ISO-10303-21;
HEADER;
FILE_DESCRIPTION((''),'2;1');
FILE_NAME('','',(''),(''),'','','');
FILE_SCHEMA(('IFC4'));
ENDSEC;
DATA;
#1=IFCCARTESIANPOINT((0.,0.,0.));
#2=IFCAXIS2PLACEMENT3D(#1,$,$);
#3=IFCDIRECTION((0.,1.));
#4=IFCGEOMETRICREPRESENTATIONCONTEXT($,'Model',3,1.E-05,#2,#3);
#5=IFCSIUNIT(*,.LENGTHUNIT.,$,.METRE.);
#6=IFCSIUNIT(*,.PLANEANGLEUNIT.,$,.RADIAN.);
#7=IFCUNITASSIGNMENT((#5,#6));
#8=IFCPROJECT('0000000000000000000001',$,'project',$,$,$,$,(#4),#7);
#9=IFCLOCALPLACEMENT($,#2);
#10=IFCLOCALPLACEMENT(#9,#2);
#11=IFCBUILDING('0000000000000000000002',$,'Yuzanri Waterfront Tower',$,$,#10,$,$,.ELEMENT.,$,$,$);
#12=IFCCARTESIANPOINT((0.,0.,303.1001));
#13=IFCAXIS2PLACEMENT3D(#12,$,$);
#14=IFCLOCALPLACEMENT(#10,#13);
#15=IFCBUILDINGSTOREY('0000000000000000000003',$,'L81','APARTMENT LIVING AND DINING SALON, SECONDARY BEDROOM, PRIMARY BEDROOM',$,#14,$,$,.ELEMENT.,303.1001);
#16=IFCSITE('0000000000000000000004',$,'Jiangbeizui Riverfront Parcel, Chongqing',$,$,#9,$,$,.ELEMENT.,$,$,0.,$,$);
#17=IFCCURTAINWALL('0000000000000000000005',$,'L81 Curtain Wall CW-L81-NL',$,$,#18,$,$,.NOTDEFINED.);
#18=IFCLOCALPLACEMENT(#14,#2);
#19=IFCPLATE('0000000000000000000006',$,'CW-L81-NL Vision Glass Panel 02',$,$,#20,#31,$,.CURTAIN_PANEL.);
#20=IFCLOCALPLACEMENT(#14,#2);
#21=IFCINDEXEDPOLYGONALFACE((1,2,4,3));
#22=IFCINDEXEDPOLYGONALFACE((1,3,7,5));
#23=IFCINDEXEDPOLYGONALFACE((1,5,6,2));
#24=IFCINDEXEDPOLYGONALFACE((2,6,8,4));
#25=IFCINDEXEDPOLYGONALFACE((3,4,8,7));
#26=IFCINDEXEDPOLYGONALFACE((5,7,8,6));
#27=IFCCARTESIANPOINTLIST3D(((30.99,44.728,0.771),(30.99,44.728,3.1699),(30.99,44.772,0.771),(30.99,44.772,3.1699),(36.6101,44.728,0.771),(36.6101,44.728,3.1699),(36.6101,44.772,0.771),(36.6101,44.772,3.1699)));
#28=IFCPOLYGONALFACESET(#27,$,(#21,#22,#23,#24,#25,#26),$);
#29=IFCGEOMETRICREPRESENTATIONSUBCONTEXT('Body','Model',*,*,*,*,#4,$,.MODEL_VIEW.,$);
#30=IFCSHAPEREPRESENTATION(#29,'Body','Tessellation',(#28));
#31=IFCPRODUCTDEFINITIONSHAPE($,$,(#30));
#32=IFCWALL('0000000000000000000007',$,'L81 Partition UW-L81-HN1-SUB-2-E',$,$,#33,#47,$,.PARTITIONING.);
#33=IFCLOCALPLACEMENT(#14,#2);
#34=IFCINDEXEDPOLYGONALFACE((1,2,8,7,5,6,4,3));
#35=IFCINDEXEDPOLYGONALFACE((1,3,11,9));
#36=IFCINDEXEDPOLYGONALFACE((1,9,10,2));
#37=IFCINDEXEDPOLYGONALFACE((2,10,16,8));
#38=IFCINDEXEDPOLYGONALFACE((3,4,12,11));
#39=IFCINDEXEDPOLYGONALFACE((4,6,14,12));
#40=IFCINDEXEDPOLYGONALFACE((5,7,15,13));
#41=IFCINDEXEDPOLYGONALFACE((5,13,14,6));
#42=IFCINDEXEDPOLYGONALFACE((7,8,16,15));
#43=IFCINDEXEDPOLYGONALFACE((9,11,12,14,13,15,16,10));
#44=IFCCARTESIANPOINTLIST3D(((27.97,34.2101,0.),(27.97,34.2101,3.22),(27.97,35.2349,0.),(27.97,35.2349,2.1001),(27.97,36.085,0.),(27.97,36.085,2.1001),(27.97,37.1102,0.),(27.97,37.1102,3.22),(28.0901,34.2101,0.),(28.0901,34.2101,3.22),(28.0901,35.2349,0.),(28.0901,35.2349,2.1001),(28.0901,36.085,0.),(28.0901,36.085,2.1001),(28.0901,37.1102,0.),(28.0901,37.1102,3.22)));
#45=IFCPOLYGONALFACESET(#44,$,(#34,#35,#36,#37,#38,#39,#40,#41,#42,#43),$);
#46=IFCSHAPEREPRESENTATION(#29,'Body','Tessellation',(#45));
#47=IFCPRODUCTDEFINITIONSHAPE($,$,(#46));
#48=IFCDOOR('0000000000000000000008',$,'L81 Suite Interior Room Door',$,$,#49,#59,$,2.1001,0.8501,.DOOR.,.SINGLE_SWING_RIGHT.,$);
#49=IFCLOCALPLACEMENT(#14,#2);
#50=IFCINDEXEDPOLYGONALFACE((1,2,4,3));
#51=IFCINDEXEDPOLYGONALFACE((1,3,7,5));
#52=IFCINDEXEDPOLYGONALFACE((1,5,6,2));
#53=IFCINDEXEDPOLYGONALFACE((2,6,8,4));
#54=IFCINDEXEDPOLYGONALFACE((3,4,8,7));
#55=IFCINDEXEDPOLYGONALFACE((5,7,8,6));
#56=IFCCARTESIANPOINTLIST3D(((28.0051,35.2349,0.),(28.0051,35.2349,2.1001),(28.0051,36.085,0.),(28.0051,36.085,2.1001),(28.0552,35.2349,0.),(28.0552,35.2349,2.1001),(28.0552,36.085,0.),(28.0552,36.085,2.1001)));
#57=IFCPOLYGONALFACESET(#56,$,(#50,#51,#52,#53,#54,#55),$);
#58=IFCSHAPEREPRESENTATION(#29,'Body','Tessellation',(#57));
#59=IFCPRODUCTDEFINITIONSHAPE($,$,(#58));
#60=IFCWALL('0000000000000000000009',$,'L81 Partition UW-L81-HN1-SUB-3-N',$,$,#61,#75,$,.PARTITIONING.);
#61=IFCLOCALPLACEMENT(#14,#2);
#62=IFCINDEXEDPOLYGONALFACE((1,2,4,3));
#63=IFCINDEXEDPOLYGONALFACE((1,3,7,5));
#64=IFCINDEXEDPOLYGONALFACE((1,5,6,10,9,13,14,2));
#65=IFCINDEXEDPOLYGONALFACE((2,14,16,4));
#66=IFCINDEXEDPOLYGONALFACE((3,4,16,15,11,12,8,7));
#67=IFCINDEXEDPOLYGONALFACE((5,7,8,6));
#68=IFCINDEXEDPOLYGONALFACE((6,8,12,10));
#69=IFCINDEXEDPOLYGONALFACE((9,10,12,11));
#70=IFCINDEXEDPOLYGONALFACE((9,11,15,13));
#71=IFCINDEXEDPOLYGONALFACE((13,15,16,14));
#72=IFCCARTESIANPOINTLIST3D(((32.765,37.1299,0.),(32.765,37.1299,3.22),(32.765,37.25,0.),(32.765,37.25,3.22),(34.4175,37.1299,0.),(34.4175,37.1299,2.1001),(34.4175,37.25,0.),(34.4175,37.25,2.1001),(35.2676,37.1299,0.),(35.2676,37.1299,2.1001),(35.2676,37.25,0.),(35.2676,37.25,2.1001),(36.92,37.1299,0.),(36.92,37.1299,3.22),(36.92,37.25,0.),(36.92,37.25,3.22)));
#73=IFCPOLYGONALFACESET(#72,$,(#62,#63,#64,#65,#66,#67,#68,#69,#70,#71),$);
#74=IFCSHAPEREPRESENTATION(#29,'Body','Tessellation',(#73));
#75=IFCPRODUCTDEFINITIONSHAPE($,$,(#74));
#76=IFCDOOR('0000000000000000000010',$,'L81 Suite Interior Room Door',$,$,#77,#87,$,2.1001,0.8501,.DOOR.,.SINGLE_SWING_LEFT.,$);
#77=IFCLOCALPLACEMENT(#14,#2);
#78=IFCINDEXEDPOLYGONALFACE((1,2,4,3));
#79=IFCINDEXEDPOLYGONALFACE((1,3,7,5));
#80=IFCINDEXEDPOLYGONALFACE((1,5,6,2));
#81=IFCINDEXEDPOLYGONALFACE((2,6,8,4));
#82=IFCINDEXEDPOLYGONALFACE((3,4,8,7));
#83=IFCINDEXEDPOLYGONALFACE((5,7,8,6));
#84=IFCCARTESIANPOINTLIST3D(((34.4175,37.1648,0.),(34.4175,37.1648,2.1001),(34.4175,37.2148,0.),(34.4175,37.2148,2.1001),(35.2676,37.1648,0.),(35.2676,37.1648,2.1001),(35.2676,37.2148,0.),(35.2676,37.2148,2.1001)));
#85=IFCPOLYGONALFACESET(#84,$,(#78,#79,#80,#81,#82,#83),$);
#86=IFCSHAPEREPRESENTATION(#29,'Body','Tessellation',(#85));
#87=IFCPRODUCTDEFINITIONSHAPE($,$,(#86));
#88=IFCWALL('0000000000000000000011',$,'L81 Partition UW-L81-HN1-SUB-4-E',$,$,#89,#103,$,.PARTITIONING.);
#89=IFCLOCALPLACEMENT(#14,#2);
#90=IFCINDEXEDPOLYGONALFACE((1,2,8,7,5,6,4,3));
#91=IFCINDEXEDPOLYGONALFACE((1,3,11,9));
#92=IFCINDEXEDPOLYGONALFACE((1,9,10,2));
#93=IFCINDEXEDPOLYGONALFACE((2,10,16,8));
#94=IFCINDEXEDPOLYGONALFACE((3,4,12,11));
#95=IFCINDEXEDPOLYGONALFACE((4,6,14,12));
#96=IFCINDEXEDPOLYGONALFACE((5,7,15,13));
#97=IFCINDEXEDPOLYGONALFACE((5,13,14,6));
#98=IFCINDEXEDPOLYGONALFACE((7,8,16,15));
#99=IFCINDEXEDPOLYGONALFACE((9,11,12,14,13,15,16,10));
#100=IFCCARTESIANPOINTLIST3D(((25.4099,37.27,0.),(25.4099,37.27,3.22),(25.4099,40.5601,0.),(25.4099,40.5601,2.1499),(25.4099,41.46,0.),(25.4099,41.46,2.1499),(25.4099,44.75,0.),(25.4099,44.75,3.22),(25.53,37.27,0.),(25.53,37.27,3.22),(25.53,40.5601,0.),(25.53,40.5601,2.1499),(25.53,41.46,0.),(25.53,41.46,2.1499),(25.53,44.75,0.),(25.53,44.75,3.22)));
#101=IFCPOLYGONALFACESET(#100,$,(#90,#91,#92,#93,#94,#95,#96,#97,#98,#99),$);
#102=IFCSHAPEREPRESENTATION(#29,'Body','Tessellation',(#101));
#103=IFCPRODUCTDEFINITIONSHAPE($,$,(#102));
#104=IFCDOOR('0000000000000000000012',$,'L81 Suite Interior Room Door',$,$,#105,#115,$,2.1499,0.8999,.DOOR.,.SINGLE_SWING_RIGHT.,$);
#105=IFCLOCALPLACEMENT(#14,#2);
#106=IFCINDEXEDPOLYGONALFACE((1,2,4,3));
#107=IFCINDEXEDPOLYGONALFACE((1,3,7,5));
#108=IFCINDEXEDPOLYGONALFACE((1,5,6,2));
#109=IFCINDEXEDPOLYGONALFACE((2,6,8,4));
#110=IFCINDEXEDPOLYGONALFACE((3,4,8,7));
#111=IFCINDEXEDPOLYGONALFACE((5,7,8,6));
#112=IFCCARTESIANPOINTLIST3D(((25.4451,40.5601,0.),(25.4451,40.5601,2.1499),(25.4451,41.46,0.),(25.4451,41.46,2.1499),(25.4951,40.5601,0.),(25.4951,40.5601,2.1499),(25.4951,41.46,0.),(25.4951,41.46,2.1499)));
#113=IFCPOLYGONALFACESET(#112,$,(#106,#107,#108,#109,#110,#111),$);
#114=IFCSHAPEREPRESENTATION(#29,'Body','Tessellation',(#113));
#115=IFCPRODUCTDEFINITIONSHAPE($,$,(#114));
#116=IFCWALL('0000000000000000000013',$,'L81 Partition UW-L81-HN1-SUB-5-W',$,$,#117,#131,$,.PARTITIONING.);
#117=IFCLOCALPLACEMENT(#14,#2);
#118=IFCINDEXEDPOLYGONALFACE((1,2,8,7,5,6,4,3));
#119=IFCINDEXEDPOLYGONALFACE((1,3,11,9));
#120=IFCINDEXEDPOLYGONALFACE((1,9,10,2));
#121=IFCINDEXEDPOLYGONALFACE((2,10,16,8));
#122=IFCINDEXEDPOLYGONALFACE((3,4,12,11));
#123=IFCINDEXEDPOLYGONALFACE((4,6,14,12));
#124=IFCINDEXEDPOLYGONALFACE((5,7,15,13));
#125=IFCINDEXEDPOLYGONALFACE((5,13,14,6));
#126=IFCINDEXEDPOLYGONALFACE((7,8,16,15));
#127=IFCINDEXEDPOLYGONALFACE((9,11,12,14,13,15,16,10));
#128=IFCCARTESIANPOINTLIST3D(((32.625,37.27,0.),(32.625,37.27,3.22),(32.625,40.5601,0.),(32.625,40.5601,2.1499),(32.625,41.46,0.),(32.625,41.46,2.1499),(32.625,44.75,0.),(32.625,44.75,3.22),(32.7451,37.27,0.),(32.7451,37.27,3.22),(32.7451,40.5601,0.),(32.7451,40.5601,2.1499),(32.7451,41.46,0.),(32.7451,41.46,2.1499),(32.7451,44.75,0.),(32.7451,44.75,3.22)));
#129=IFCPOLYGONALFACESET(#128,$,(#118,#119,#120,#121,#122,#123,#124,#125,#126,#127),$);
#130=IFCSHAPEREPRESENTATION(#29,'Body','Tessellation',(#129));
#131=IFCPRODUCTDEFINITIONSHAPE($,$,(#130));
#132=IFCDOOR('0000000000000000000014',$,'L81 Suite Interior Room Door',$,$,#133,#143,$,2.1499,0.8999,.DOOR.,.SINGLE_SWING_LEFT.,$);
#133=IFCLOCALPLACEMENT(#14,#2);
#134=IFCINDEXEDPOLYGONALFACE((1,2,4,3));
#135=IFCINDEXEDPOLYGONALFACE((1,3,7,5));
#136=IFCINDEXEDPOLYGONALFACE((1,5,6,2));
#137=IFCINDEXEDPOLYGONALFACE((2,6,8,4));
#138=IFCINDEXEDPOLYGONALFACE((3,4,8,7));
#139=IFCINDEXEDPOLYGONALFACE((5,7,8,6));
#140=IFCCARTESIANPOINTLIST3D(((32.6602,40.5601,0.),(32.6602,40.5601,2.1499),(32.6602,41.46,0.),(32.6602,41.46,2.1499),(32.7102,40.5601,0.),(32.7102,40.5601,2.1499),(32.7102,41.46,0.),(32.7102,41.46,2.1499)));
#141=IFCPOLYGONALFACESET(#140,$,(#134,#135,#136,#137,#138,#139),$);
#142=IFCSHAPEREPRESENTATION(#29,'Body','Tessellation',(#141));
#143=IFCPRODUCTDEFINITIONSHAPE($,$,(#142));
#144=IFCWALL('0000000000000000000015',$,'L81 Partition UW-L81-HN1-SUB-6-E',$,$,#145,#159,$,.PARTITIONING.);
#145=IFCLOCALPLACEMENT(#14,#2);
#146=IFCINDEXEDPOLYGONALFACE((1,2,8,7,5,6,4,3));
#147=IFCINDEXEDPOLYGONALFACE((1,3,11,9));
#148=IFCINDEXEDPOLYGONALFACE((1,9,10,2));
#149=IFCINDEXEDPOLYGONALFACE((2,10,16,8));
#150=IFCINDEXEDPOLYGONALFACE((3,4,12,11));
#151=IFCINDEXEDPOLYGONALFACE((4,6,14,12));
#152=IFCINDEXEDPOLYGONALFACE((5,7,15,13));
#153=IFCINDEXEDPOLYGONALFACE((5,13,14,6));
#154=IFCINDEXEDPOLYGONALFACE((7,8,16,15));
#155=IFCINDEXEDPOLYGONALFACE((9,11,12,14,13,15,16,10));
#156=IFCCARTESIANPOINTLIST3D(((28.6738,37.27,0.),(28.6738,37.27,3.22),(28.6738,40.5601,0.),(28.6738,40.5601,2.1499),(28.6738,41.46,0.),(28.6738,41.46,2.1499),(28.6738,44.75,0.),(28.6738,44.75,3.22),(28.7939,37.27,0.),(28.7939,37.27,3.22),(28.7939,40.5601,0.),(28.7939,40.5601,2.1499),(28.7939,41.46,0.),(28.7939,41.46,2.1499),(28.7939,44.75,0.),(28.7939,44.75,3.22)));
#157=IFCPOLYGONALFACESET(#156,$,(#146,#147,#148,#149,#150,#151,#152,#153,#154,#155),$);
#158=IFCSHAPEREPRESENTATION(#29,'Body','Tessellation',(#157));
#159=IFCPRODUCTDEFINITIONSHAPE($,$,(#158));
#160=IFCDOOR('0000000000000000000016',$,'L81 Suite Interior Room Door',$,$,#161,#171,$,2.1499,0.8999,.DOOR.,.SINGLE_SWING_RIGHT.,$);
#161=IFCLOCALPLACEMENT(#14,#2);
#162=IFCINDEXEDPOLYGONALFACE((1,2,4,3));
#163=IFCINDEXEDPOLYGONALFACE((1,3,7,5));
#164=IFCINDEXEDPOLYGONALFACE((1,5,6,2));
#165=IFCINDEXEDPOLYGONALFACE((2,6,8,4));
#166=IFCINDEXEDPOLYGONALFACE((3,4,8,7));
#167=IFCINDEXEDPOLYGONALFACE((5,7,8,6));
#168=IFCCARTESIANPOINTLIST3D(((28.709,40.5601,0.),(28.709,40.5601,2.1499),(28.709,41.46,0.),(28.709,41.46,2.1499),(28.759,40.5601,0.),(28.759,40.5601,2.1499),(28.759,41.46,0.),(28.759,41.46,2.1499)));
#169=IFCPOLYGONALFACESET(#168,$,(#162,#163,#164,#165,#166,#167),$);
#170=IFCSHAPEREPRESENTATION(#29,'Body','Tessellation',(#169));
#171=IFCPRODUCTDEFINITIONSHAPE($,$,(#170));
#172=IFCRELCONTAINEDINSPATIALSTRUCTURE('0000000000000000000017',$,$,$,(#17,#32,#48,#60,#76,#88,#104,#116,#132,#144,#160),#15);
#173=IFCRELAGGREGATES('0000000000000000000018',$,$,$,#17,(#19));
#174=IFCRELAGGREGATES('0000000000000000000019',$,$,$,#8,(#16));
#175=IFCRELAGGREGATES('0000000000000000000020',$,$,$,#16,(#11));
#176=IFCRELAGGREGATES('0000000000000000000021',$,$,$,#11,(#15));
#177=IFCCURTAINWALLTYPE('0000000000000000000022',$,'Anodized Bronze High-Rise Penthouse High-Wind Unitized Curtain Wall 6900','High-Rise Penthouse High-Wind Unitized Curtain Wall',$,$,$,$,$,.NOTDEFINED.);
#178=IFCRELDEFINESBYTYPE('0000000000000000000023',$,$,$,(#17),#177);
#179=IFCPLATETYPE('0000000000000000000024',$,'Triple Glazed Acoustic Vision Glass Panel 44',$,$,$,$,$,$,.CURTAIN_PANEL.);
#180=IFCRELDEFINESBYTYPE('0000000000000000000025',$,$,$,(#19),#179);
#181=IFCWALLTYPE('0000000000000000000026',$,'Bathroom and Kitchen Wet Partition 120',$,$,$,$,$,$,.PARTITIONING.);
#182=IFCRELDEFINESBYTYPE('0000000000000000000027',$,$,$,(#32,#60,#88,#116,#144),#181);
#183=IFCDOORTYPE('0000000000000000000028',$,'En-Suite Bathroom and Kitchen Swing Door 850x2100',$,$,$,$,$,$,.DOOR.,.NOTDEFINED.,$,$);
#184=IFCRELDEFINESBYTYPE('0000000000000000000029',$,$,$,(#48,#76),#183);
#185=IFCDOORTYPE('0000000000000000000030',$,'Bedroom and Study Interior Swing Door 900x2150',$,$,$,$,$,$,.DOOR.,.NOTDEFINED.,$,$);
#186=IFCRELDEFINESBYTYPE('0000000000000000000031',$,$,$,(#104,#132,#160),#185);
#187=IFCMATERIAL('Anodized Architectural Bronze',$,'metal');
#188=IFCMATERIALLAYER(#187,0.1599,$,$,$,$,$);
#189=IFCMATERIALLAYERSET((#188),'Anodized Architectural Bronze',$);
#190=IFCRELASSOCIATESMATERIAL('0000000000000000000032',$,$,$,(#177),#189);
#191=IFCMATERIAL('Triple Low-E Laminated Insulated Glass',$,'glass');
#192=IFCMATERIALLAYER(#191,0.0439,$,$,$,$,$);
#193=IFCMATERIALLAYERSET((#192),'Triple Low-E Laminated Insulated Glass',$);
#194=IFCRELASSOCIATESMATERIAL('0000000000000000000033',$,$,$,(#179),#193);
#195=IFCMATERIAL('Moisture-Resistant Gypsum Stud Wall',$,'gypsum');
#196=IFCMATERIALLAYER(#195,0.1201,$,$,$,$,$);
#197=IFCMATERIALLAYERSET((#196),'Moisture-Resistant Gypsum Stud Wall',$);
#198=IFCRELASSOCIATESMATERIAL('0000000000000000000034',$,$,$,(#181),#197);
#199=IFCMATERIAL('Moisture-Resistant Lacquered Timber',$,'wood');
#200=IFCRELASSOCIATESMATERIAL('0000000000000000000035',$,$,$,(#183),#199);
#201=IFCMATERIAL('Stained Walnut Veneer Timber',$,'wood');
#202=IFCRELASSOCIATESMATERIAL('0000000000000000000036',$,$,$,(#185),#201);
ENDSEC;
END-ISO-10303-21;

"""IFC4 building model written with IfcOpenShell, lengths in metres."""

from ifc_helpers import new_model, si_unit, direction, frame, frame_2d, origin, origin_2d, place, context, subcontext, project, spatial, rectangle, extrude, source, transform, mapped, material, layer, layer_set, type_object, element, fill, aggregate, save


model = new_model("IFC4")

# Units and contexts
model_context = context("Model", 3, precision=1e-05, world=origin(), true_north=direction((0.0, 1.0)))
body_context = subcontext(model_context, "Body", "Model", "MODEL_VIEW")
ifc_project = project(units=[si_unit("LENGTHUNIT", "METRE"), si_unit("PLANEANGLEUNIT", "RADIAN")], contexts=[model_context])

# Site, building, storey
site_placement = place(None, origin())
site = spatial("IfcSite", under=ifc_project, at=site_placement, Name="Jiangbeizui Riverfront Parcel, Chongqing", CompositionType="ELEMENT", RefElevation=0.0)
building_placement = place(site_placement, origin())
building = spatial("IfcBuilding", under=site, at=building_placement, Name="Yuzanri Waterfront Tower", CompositionType="ELEMENT")
storey_placement = place(building_placement, frame((0.0, 0.0, 303.1001)))
storey = spatial("IfcBuildingStorey", under=building, at=storey_placement, Name="L81", Description="APARTMENT LIVING AND DINING SALON, SECONDARY BEDROOM, PRIMARY BEDROOM", CompositionType="ELEMENT", Elevation=303.1001)

# Curtain wall, plate
ifc_material_1 = material(Name="Anodized Architectural Bronze", Category="metal")
ifc_layer_1 = layer(ifc_material_1, 0.1599)
ifc_layer_set_1 = layer_set([ifc_layer_1], Name="Anodized Architectural Bronze")
curtain_wall_type = type_object("IfcCurtainWallType", Name="Anodized Bronze High-Rise Penthouse High-Wind Unitized Curtain Wall 6900", Description="High-Rise Penthouse High-Wind Unitized Curtain Wall", PredefinedType="NOTDEFINED", material=ifc_layer_set_1)
curtain_wall_placement = place(storey_placement, origin())
curtain_wall = element("IfcCurtainWall", 1, at=curtain_wall_placement, inside=storey, type_object=curtain_wall_type, Name="L81 Curtain Wall CW-L81-NL", PredefinedType="NOTDEFINED")
ifc_material_2 = material(Name="Triple Low-E Laminated Insulated Glass", Category="glass")
ifc_layer_2 = layer(ifc_material_2, 0.0439)
ifc_layer_set_2 = layer_set([ifc_layer_2], Name="Triple Low-E Laminated Insulated Glass")
plate_type_1 = type_object("IfcPlateType", Name="Triple Glazed Acoustic Vision Glass Panel 44", PredefinedType="CURTAIN_PANEL", material=ifc_layer_set_2)
shared_shape_1 = source(origin(), body_context, "Body", "SweptSolid", [
    extrude(rectangle(XDim=5.6201, YDim=0.0439, at=origin_2d()), origin(), (0.0, 0.0, 1.0), 2.3989),
])
plate_1_placement = place(storey_placement, frame((33.8, 44.75, 0.771), z_axis=(0.0, 0.0, 1.0), x_axis=(1.0, 0.0, 0.0)))
plate_1 = element("IfcPlate", 2, at=plate_1_placement, type_object=plate_type_1, Name="CW-L81-NL Vision Glass Panel 02", PredefinedType="CURTAIN_PANEL", context=body_context, shape_type="MappedRepresentation", body=[
    mapped(shared_shape_1, transform((0.0, 0.0, 0.0), scale=1.0)),
])
aggregate(curtain_wall, [plate_1])

# Walls, openings, doors
ifc_material_3 = material(Name="Moisture-Resistant Gypsum Stud Wall", Category="gypsum")
ifc_layer_3 = layer(ifc_material_3, 0.1201)
ifc_layer_set_3 = layer_set([ifc_layer_3], Name="Moisture-Resistant Gypsum Stud Wall")
wall_type = type_object("IfcWallType", Name="Bathroom and Kitchen Wet Partition 120", PredefinedType="PARTITIONING", material=ifc_layer_set_3)
wall_1_placement = place(storey_placement, frame((28.03, 34.21, 0.0), z_axis=(0.0, 0.0, 1.0), x_axis=(0.0, 1.0, 0.0)))
wall_1 = element("IfcWall", 3, at=wall_1_placement, inside=storey, type_object=wall_type, Name="L81 Partition UW-L81-HN1-SUB-2-E", PredefinedType="PARTITIONING", context=body_context, shape_type="SweptSolid", body=[
    extrude(rectangle(XDim=2.9001, YDim=0.1201, at=frame_2d((1.4502, 0.0))), origin(), (0.0, 0.0, 1.0), 3.22),
])
opening_1_placement = place(wall_1_placement, frame((1.0249, 0.0, 0.0)))
opening_1 = element("IfcOpeningElement", 4, at=opening_1_placement, cuts=wall_1, PredefinedType="OPENING", context=body_context, shape_type="SweptSolid", body=[
    extrude(rectangle(XDim=0.8501, YDim=2.1001, at=frame_2d((0.425, 1.05))), frame((0.0, 0.075, 0.0), z_axis=(0.0, -1.0, 0.0), x_axis=(1.0, 0.0, 0.0)), (0.0, 0.0, 1.0), 0.1499),
])
ifc_material_4 = material(Name="Moisture-Resistant Lacquered Timber", Category="wood")
door_type_1 = type_object("IfcDoorType", Name="En-Suite Bathroom and Kitchen Swing Door 850x2100", OperationType="NOTDEFINED", PredefinedType="DOOR", material=ifc_material_4)
shared_shape_2 = source(origin(), body_context, "Body", "SweptSolid", [
    extrude(rectangle(XDim=0.8501, YDim=2.1001, at=frame_2d((0.425, 1.05))), frame((0.0, 0.0249, 0.0), z_axis=(0.0, -1.0, 0.0), x_axis=(1.0, 0.0, 0.0)), (0.0, 0.0, 1.0), 0.05),
])
door_1_placement = place(opening_1_placement, origin())
door_1 = element("IfcDoor", 5, at=door_1_placement, inside=storey, type_object=door_type_1, Name="L81 Suite Interior Room Door", OperationType="SINGLE_SWING_RIGHT", OverallHeight=2.1001, OverallWidth=0.8501, PredefinedType="DOOR", context=body_context, shape_type="MappedRepresentation", body=[
    mapped(shared_shape_2, transform((0.0, 0.0, 0.0), scale=1.0)),
])
fill(opening_1, door_1)
wall_2_placement = place(storey_placement, frame((32.7649, 37.1899, 0.0), z_axis=(0.0, 0.0, 1.0), x_axis=(1.0, 0.0, 0.0)))
wall_2 = element("IfcWall", 6, at=wall_2_placement, inside=storey, type_object=wall_type, Name="L81 Partition UW-L81-HN1-SUB-3-N", PredefinedType="PARTITIONING", context=body_context, shape_type="SweptSolid", body=[
    extrude(rectangle(XDim=4.155, YDim=0.1201, at=frame_2d((2.0776, 0.0))), origin(), (0.0, 0.0, 1.0), 3.22),
])
opening_2_placement = place(wall_2_placement, frame((1.6526, 0.0, 0.0)))
opening_2 = element("IfcOpeningElement", 7, at=opening_2_placement, cuts=wall_2, PredefinedType="OPENING", context=body_context, shape_type="SweptSolid", body=[
    extrude(rectangle(XDim=0.8501, YDim=2.1001, at=frame_2d((0.425, 1.05))), frame((0.0, 0.075, 0.0), z_axis=(0.0, -1.0, 0.0), x_axis=(1.0, 0.0, 0.0)), (0.0, 0.0, 1.0), 0.1499),
])
door_2_placement = place(opening_2_placement, origin())
door_2 = element("IfcDoor", 8, at=door_2_placement, inside=storey, type_object=door_type_1, Name="L81 Suite Interior Room Door", OperationType="SINGLE_SWING_LEFT", OverallHeight=2.1001, OverallWidth=0.8501, PredefinedType="DOOR", context=body_context, shape_type="MappedRepresentation", body=[
    mapped(shared_shape_2, transform((0.0, 0.0, 0.0), scale=1.0)),
])
fill(opening_2, door_2)
wall_3_placement = place(storey_placement, frame((25.47, 37.27, 0.0), z_axis=(0.0, 0.0, 1.0), x_axis=(0.0, 1.0, 0.0)))
wall_3 = element("IfcWall", 9, at=wall_3_placement, inside=storey, type_object=wall_type, Name="L81 Partition UW-L81-HN1-SUB-4-E", PredefinedType="PARTITIONING", context=body_context, shape_type="SweptSolid", body=[
    extrude(rectangle(XDim=7.48, YDim=0.1201, at=frame_2d((3.74, 0.0))), origin(), (0.0, 0.0, 1.0), 3.22),
])
opening_3_placement = place(wall_3_placement, frame((3.29, 0.0, 0.0)))
opening_3 = element("IfcOpeningElement", 10, at=opening_3_placement, cuts=wall_3, PredefinedType="OPENING", context=body_context, shape_type="SweptSolid", body=[
    extrude(rectangle(XDim=0.8999, YDim=2.1499, at=frame_2d((0.45, 1.075))), frame((0.0, 0.075, 0.0), z_axis=(0.0, -1.0, 0.0), x_axis=(1.0, 0.0, 0.0)), (0.0, 0.0, 1.0), 0.1499),
])
ifc_material_5 = material(Name="Stained Walnut Veneer Timber", Category="wood")
door_type_2 = type_object("IfcDoorType", Name="Bedroom and Study Interior Swing Door 900x2150", OperationType="NOTDEFINED", PredefinedType="DOOR", material=ifc_material_5)
shared_shape_3 = source(origin(), body_context, "Body", "SweptSolid", [
    extrude(rectangle(XDim=0.8999, YDim=2.1499, at=frame_2d((0.45, 1.075))), frame((0.0, 0.0249, 0.0), z_axis=(0.0, -1.0, 0.0), x_axis=(1.0, 0.0, 0.0)), (0.0, 0.0, 1.0), 0.05),
])
door_3_placement = place(opening_3_placement, origin())
door_3 = element("IfcDoor", 11, at=door_3_placement, inside=storey, type_object=door_type_2, Name="L81 Suite Interior Room Door", OperationType="SINGLE_SWING_RIGHT", OverallHeight=2.1499, OverallWidth=0.8999, PredefinedType="DOOR", context=body_context, shape_type="MappedRepresentation", body=[
    mapped(shared_shape_3, transform((0.0, 0.0, 0.0), scale=1.0)),
])
fill(opening_3, door_3)
wall_4_placement = place(storey_placement, frame((32.6851, 37.27, 0.0), z_axis=(0.0, 0.0, 1.0), x_axis=(0.0, 1.0, 0.0)))
wall_4 = element("IfcWall", 12, at=wall_4_placement, inside=storey, type_object=wall_type, Name="L81 Partition UW-L81-HN1-SUB-5-W", PredefinedType="PARTITIONING", context=body_context, shape_type="SweptSolid", body=[
    extrude(rectangle(XDim=7.48, YDim=0.1201, at=frame_2d((3.74, 0.0))), origin(), (0.0, 0.0, 1.0), 3.22),
])
opening_4_placement = place(wall_4_placement, frame((3.29, 0.0, 0.0)))
opening_4 = element("IfcOpeningElement", 13, at=opening_4_placement, cuts=wall_4, PredefinedType="OPENING", context=body_context, shape_type="SweptSolid", body=[
    extrude(rectangle(XDim=0.8999, YDim=2.1499, at=frame_2d((0.45, 1.075))), frame((0.0, 0.075, 0.0), z_axis=(0.0, -1.0, 0.0), x_axis=(1.0, 0.0, 0.0)), (0.0, 0.0, 1.0), 0.1499),
])
door_4_placement = place(opening_4_placement, origin())
door_4 = element("IfcDoor", 14, at=door_4_placement, inside=storey, type_object=door_type_2, Name="L81 Suite Interior Room Door", OperationType="SINGLE_SWING_LEFT", OverallHeight=2.1499, OverallWidth=0.8999, PredefinedType="DOOR", context=body_context, shape_type="MappedRepresentation", body=[
    mapped(shared_shape_3, transform((0.0, 0.0, 0.0), scale=1.0)),
])
fill(opening_4, door_4)
wall_5_placement = place(storey_placement, frame((28.7339, 37.27, 0.0), z_axis=(0.0, 0.0, 1.0), x_axis=(0.0, 1.0, 0.0)))
wall_5 = element("IfcWall", 15, at=wall_5_placement, inside=storey, type_object=wall_type, Name="L81 Partition UW-L81-HN1-SUB-6-E", PredefinedType="PARTITIONING", context=body_context, shape_type="SweptSolid", body=[
    extrude(rectangle(XDim=7.48, YDim=0.1201, at=frame_2d((3.74, 0.0))), origin(), (0.0, 0.0, 1.0), 3.22),
])
opening_5_placement = place(wall_5_placement, frame((3.29, 0.0, 0.0)))
opening_5 = element("IfcOpeningElement", 16, at=opening_5_placement, cuts=wall_5, PredefinedType="OPENING", context=body_context, shape_type="SweptSolid", body=[
    extrude(rectangle(XDim=0.8999, YDim=2.1499, at=frame_2d((0.45, 1.075))), frame((0.0, 0.075, 0.0), z_axis=(0.0, -1.0, 0.0), x_axis=(1.0, 0.0, 0.0)), (0.0, 0.0, 1.0), 0.1499),
])
door_5_placement = place(opening_5_placement, origin())
door_5 = element("IfcDoor", 17, at=door_5_placement, inside=storey, type_object=door_type_2, Name="L81 Suite Interior Room Door", OperationType="SINGLE_SWING_RIGHT", OverallHeight=2.1499, OverallWidth=0.8999, PredefinedType="DOOR", context=body_context, shape_type="MappedRepresentation", body=[
    mapped(shared_shape_3, transform((0.0, 0.0, 0.0), scale=1.0)),
])
fill(opening_5, door_5)

save(model, "model.ifc")
